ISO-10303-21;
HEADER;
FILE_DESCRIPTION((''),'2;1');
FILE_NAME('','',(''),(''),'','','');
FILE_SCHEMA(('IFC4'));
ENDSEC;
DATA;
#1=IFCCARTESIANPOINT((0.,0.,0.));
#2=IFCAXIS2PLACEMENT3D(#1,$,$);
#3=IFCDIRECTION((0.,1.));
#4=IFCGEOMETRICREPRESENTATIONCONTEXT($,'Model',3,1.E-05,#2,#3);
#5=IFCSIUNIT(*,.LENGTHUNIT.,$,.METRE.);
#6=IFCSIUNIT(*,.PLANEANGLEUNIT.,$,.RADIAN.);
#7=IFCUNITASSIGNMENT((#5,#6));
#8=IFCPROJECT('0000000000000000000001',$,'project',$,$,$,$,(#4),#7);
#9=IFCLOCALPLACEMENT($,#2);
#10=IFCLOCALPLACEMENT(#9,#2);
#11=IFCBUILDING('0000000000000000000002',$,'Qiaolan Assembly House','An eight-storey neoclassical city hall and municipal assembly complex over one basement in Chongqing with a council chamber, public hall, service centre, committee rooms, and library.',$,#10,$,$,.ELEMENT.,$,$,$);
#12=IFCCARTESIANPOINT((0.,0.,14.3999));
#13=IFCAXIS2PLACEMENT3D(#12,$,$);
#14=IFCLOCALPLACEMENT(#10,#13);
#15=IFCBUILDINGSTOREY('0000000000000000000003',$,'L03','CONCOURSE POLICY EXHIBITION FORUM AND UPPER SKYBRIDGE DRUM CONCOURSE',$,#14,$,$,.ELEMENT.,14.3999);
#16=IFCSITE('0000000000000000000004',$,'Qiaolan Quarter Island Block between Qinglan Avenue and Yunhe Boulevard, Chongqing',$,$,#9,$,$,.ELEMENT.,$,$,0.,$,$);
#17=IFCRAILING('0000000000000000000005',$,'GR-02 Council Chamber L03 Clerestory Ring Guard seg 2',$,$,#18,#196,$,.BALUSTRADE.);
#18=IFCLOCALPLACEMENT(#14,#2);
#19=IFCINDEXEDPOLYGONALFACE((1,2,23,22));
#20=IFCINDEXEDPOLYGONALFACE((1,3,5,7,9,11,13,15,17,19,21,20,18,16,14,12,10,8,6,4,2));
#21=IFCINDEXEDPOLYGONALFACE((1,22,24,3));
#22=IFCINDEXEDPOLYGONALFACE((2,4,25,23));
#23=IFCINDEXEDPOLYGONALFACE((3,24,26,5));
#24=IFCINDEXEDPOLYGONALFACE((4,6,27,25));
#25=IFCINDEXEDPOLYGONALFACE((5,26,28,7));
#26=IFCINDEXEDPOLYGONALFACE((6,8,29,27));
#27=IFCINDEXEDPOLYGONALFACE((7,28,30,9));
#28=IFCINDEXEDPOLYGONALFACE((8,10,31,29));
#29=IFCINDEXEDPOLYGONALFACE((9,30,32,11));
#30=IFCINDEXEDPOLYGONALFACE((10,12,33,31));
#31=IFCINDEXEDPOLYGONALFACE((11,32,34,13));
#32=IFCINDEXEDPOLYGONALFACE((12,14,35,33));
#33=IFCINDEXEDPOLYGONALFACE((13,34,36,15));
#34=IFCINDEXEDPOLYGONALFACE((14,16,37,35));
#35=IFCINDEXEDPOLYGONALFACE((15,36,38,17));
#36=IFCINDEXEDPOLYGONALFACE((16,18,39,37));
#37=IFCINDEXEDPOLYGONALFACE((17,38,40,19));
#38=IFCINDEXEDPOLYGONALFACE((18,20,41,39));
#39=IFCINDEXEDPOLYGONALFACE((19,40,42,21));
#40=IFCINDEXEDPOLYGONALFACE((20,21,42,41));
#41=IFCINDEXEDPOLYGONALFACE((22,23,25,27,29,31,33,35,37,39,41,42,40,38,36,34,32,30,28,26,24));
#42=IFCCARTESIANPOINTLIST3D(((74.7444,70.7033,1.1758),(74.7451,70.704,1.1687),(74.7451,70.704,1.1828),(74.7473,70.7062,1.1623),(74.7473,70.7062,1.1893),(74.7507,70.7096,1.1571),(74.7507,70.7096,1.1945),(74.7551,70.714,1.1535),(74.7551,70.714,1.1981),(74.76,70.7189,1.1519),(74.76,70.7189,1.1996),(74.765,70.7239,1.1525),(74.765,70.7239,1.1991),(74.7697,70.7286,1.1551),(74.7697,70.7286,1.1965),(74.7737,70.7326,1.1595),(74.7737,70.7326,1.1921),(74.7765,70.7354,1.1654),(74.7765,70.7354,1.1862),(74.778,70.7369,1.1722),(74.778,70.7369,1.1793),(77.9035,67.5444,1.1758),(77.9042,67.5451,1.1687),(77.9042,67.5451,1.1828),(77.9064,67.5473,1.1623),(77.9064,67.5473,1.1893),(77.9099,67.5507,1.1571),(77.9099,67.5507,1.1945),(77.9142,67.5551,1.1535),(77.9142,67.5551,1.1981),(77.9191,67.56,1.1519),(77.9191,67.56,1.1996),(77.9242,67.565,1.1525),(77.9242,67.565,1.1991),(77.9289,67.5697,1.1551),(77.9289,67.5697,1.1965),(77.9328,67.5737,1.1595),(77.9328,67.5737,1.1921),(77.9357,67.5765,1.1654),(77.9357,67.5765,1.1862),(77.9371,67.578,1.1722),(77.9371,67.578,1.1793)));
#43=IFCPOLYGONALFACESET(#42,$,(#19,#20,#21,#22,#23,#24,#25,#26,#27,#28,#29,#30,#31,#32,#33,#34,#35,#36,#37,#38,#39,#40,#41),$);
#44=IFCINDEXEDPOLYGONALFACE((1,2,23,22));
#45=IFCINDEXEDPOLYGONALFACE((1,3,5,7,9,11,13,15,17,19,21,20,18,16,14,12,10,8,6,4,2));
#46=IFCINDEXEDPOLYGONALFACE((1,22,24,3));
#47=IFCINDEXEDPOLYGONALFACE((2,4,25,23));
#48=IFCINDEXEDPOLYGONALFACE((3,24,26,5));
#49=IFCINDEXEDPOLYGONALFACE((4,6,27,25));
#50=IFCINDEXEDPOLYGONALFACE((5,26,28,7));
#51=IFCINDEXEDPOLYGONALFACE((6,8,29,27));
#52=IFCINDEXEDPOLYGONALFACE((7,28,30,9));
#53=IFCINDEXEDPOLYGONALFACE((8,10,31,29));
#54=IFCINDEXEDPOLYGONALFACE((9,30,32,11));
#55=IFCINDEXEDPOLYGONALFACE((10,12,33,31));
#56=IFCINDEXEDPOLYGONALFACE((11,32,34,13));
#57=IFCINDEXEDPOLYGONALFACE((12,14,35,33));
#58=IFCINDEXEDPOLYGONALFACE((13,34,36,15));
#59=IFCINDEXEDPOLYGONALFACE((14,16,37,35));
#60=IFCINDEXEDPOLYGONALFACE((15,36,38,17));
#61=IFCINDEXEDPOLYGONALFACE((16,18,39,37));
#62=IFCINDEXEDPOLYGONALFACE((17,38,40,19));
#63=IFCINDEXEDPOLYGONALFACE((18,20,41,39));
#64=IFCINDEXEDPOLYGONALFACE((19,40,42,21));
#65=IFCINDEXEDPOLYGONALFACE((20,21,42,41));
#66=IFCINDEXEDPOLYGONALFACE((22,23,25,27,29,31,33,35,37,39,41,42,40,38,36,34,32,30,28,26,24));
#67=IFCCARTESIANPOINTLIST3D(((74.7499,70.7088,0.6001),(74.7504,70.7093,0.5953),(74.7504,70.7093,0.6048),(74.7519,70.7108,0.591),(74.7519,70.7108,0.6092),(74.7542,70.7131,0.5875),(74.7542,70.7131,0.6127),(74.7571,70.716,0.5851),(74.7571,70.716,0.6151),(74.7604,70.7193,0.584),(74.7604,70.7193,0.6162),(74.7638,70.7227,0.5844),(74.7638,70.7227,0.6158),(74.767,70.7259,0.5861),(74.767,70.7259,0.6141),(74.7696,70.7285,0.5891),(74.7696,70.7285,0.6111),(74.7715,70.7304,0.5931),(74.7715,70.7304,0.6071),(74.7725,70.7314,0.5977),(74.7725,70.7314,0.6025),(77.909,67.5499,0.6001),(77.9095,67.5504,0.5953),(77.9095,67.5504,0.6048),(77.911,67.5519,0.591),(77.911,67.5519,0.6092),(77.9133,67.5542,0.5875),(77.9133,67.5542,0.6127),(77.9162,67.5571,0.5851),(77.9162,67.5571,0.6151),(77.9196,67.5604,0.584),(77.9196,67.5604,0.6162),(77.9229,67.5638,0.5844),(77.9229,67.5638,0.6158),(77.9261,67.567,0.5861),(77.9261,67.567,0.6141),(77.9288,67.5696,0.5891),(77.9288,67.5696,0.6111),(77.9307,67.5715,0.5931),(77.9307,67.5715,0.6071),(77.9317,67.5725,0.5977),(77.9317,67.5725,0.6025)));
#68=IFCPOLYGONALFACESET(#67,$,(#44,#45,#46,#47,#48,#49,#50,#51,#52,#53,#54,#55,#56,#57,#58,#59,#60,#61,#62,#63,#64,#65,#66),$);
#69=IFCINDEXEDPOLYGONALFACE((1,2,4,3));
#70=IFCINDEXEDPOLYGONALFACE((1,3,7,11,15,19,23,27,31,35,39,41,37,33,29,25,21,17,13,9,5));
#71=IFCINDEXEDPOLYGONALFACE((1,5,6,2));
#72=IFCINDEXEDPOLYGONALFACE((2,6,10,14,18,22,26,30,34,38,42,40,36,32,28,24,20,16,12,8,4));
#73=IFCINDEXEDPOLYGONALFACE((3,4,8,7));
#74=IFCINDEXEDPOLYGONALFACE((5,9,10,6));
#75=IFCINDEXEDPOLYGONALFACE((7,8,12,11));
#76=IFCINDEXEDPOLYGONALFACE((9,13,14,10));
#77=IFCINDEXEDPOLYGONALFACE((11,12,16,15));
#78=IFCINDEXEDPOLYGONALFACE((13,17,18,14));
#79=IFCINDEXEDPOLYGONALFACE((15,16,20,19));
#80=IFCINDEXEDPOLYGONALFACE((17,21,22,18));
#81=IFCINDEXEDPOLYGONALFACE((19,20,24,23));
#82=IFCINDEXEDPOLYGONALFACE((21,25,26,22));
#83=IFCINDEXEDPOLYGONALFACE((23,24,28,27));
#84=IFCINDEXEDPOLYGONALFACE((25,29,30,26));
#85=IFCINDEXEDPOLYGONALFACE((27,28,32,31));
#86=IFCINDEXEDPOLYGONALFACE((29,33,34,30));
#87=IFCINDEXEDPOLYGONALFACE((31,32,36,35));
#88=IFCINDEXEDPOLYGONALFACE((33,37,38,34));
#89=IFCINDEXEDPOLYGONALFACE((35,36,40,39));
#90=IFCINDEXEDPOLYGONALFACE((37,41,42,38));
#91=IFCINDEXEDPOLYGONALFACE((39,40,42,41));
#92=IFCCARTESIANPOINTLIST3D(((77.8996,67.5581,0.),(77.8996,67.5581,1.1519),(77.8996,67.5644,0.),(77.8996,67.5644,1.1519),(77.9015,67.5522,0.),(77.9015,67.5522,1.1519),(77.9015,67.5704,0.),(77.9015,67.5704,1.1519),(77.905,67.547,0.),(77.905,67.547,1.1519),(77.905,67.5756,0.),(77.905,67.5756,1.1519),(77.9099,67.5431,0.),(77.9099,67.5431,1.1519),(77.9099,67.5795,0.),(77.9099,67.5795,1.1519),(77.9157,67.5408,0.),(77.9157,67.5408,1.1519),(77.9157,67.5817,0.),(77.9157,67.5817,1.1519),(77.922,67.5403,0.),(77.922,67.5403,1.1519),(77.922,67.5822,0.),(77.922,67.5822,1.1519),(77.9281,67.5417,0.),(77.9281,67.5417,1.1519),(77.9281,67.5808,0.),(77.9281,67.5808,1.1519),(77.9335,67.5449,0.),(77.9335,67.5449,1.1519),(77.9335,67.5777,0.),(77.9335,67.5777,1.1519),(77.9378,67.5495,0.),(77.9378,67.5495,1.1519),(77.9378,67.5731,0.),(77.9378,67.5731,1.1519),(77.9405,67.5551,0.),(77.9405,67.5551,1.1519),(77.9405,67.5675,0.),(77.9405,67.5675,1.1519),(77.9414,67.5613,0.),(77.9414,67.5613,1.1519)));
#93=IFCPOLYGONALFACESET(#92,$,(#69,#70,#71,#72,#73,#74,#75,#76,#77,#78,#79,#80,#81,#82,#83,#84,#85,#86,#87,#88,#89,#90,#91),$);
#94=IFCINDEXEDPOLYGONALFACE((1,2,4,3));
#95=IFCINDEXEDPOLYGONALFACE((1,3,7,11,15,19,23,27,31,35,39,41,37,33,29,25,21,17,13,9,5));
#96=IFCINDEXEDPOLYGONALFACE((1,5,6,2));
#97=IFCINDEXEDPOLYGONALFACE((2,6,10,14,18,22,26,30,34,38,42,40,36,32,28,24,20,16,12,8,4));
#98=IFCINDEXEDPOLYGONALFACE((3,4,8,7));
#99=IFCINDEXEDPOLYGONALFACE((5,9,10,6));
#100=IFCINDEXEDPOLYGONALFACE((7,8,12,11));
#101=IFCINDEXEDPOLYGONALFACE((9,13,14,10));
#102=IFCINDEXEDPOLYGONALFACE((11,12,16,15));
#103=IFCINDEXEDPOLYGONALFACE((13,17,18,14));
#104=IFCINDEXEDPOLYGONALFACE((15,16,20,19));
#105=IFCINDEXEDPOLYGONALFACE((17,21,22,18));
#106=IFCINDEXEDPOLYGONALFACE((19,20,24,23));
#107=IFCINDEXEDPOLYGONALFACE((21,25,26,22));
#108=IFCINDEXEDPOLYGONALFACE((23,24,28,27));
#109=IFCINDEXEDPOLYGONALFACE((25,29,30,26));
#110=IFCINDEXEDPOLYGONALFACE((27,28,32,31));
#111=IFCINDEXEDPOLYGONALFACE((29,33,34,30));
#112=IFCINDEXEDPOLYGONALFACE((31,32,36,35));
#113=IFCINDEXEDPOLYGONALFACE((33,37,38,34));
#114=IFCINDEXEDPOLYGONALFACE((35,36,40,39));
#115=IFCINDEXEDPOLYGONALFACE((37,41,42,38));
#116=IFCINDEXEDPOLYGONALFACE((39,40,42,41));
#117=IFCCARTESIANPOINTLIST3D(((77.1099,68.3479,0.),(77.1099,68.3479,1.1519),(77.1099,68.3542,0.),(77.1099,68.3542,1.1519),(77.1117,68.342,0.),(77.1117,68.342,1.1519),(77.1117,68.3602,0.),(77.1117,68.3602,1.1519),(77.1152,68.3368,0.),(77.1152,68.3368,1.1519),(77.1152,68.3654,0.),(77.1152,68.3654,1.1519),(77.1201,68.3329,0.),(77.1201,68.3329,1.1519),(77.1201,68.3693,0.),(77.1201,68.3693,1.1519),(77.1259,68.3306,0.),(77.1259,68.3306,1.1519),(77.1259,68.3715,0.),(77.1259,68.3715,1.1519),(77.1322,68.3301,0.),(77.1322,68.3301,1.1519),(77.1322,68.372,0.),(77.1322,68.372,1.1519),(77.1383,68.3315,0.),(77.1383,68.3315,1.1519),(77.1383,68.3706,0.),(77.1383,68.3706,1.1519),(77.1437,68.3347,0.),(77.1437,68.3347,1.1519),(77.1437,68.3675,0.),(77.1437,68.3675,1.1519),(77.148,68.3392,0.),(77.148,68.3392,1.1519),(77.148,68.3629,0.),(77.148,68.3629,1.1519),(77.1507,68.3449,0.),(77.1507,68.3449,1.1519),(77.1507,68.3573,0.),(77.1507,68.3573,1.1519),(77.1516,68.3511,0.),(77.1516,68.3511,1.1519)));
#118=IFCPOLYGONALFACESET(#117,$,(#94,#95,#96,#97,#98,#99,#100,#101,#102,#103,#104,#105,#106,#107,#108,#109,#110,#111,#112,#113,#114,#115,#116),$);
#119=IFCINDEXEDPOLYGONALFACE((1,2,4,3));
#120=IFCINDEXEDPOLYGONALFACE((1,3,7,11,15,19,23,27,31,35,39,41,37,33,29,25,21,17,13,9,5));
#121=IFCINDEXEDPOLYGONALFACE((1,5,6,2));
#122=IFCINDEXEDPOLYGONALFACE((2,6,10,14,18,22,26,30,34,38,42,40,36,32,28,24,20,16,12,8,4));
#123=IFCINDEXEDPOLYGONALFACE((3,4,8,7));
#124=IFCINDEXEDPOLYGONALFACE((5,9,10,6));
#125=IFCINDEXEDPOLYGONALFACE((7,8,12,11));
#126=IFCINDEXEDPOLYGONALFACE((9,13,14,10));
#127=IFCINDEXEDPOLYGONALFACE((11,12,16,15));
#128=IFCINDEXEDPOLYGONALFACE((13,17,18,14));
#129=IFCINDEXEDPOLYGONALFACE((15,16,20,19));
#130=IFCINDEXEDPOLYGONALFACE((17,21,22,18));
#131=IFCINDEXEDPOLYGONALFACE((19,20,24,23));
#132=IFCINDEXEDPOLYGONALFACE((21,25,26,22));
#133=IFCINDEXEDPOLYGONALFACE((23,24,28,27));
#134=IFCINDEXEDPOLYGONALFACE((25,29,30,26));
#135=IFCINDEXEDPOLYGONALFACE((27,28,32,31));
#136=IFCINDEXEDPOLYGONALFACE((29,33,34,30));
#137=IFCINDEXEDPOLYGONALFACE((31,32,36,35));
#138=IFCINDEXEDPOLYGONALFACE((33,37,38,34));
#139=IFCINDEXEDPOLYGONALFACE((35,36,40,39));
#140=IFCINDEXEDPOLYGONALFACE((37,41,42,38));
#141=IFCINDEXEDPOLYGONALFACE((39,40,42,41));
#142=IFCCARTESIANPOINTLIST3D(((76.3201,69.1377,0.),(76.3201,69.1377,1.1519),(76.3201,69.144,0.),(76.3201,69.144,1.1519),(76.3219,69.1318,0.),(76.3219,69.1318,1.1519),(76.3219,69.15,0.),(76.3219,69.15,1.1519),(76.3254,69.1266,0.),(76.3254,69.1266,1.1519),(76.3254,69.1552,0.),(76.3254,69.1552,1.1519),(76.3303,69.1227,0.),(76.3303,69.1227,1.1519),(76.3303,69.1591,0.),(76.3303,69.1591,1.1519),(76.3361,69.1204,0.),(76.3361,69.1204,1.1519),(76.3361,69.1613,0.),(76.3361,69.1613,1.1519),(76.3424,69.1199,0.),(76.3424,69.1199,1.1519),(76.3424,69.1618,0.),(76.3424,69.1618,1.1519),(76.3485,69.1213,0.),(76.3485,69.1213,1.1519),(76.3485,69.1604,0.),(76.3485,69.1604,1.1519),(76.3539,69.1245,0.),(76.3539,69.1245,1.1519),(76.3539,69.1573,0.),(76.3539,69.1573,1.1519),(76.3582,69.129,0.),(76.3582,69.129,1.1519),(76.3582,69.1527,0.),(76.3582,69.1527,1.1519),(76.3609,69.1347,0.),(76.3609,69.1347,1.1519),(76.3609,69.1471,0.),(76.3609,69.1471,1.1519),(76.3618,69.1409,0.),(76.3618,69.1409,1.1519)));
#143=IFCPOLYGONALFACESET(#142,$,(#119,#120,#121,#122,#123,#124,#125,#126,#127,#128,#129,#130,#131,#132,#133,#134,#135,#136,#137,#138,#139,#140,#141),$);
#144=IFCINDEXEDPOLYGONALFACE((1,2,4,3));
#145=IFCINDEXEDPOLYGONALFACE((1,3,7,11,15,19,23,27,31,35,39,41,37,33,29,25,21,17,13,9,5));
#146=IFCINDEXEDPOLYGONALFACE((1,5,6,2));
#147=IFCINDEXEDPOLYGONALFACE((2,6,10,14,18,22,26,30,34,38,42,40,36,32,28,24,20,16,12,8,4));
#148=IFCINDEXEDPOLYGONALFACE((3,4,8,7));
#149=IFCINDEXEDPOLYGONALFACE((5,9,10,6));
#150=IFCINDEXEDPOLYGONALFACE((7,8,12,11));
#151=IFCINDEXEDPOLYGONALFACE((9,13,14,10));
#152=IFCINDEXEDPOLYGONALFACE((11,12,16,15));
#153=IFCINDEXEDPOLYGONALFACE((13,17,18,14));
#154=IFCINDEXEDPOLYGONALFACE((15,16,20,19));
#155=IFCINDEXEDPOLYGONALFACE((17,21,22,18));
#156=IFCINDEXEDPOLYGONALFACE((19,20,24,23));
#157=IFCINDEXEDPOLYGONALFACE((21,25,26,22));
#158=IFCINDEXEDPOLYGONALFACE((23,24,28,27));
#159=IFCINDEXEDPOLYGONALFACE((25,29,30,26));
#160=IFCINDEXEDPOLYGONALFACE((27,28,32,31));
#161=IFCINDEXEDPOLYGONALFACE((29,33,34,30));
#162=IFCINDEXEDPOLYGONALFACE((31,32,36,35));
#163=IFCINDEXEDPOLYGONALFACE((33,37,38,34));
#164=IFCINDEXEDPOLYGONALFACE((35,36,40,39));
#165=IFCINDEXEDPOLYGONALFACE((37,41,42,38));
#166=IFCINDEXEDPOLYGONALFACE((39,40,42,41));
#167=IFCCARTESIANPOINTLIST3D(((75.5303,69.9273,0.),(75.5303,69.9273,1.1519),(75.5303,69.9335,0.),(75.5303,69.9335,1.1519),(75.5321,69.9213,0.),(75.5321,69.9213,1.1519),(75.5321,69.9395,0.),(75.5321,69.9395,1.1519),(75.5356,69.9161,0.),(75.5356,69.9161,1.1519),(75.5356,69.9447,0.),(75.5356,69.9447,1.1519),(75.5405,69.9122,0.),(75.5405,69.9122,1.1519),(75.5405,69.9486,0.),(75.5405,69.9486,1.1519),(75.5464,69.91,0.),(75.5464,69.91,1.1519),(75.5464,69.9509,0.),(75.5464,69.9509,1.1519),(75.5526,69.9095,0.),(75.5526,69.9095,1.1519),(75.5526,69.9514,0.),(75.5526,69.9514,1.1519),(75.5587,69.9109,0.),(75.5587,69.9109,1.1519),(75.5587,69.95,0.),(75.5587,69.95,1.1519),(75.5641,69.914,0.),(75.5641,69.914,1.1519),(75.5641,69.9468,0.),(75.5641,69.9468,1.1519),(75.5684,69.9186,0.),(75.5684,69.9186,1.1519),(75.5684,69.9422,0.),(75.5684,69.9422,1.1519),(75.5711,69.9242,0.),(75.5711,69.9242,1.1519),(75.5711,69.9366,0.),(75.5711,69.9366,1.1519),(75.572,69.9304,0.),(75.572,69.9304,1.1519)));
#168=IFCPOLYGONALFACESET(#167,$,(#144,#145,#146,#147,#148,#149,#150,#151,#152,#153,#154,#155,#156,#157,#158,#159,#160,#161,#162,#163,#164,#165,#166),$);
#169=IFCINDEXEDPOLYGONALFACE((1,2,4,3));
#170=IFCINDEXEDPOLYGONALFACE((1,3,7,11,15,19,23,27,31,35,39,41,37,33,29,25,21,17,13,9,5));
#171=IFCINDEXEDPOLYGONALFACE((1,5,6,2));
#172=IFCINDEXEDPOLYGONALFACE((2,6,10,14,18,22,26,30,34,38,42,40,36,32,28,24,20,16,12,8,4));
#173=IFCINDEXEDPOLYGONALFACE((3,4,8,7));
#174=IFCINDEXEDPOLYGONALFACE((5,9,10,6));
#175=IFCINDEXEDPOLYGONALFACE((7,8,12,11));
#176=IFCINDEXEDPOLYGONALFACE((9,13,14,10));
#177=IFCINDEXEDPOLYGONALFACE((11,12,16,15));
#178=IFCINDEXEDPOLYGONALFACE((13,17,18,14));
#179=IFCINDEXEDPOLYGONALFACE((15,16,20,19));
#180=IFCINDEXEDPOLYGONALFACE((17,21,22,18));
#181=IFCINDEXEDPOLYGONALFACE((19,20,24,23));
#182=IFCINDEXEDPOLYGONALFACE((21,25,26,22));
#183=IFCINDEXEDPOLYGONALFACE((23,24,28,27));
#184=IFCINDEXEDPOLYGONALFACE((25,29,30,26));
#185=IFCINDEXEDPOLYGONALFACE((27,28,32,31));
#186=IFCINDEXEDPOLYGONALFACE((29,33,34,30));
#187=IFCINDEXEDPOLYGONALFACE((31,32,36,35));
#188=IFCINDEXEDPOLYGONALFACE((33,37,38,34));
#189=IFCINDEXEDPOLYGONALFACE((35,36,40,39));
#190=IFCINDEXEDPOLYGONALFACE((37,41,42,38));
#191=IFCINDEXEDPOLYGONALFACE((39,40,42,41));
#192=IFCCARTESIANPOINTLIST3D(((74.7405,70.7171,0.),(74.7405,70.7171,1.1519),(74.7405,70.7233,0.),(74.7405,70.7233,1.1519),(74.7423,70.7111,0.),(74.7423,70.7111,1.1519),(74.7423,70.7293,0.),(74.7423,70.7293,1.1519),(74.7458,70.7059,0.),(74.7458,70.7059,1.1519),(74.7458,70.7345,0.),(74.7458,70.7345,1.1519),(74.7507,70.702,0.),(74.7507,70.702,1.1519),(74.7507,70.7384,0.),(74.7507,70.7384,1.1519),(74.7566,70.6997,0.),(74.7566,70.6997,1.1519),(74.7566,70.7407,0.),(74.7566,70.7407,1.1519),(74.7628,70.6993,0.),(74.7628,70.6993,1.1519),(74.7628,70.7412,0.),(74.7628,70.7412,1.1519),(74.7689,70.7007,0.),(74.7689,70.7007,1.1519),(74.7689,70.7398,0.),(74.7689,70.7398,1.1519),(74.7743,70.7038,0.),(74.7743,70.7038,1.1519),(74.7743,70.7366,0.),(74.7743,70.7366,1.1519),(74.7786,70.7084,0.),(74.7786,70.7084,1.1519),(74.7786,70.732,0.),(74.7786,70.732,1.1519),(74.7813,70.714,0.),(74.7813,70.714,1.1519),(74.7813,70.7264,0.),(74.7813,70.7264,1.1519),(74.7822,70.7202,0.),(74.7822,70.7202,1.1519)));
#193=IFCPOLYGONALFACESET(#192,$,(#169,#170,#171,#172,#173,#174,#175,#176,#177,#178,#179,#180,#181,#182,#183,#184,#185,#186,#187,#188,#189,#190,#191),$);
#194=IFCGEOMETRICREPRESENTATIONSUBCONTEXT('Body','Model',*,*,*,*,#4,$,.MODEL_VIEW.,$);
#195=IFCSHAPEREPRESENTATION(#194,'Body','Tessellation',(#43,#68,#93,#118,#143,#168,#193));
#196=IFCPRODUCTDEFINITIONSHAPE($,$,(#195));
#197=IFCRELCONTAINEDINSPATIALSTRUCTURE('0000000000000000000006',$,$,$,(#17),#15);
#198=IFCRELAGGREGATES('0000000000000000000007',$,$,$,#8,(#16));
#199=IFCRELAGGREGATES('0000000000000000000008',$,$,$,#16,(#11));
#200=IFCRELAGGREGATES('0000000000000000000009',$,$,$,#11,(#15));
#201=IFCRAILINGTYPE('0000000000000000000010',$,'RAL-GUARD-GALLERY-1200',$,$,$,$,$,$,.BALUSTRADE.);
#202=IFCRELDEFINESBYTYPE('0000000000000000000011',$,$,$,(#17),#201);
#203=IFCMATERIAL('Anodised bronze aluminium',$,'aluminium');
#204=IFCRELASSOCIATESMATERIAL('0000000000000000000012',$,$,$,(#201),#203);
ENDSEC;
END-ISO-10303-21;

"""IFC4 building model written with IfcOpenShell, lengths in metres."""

from ifc_helpers import new_model, si_unit, direction, frame, origin, origin_2d, place, context, subcontext, project, spatial, circle, extrude, material, type_object, element, save


model = new_model("IFC4")

# Units and contexts
model_context = context("Model", 3, precision=1e-05, world=origin(), true_north=direction((0.0, 1.0)))
body_context = subcontext(model_context, "Body", "Model", "MODEL_VIEW")
ifc_project = project(units=[si_unit("LENGTHUNIT", "METRE"), si_unit("PLANEANGLEUNIT", "RADIAN")], contexts=[model_context])

# Site, building, storey
site_placement = place(None, origin())
site = spatial("IfcSite", under=ifc_project, at=site_placement, Name="Qiaolan Quarter Island Block between Qinglan Avenue and Yunhe Boulevard, Chongqing", CompositionType="ELEMENT", RefElevation=0.0)
building_placement = place(site_placement, origin())
building = spatial("IfcBuilding", under=site, at=building_placement, Name="Qiaolan Assembly House", Description="An eight-storey neoclassical city hall and municipal assembly complex over one basement in Chongqing with a council chamber, public hall, service centre, committee rooms, and library.", CompositionType="ELEMENT")
storey_placement = place(building_placement, frame((0.0, 0.0, 14.3999)))
storey = spatial("IfcBuildingStorey", under=building, at=storey_placement, Name="L03", Description="CONCOURSE POLICY EXHIBITION FORUM AND UPPER SKYBRIDGE DRUM CONCOURSE", CompositionType="ELEMENT", Elevation=14.3999)

# Shared definitions
ifc_material_1 = material(Name="Anodised bronze aluminium", Category="aluminium")

# Railing
railing_type = type_object("IfcRailingType", Name="RAL-GUARD-GALLERY-1200", PredefinedType="BALUSTRADE", material=ifc_material_1)
railing_1_placement = place(storey_placement, frame((77.9204, 67.5613, 0.0)))
element("IfcRailing", 1, at=railing_1_placement, inside=storey, type_object=railing_type, Name="GR-02 Council Chamber L03 Clerestory Ring Guard seg 2", PredefinedType="BALUSTRADE", context=body_context, shape_type="SweptSolid", body=[
    extrude(circle(Radius=0.0239, at=origin_2d()), frame((0.0, 0.0, 1.1758), z_axis=(-0.707134, 0.707079, 0.0), x_axis=(-0.707079, -0.707134, 0.0)), (0.0, 0.0, 1.0), 4.4675),
    extrude(circle(Radius=0.0161, at=origin_2d()), frame((0.0, 0.0, 0.6001), z_axis=(-0.707134, 0.707079, 0.0), x_axis=(-0.707079, -0.707134, 0.0)), (0.0, 0.0, 1.0), 4.4675),
    extrude(circle(Radius=0.021, at=origin_2d()), origin(), (0.0, 0.0, 1.0), 1.1519),
    extrude(circle(Radius=0.021, at=origin_2d()), frame((-0.7898, 0.7898, 0.0)), (0.0, 0.0, 1.0), 1.1519),
    extrude(circle(Radius=0.021, at=origin_2d()), frame((-1.5796, 1.5796, 0.0)), (0.0, 0.0, 1.0), 1.1519),
    extrude(circle(Radius=0.021, at=origin_2d()), frame((-2.3694, 2.3691, 0.0)), (0.0, 0.0, 1.0), 1.1519),
    extrude(circle(Radius=0.021, at=origin_2d()), frame((-3.1592, 3.1589, 0.0)), (0.0, 0.0, 1.0), 1.1519),
])

save(model, "model.ifc")
